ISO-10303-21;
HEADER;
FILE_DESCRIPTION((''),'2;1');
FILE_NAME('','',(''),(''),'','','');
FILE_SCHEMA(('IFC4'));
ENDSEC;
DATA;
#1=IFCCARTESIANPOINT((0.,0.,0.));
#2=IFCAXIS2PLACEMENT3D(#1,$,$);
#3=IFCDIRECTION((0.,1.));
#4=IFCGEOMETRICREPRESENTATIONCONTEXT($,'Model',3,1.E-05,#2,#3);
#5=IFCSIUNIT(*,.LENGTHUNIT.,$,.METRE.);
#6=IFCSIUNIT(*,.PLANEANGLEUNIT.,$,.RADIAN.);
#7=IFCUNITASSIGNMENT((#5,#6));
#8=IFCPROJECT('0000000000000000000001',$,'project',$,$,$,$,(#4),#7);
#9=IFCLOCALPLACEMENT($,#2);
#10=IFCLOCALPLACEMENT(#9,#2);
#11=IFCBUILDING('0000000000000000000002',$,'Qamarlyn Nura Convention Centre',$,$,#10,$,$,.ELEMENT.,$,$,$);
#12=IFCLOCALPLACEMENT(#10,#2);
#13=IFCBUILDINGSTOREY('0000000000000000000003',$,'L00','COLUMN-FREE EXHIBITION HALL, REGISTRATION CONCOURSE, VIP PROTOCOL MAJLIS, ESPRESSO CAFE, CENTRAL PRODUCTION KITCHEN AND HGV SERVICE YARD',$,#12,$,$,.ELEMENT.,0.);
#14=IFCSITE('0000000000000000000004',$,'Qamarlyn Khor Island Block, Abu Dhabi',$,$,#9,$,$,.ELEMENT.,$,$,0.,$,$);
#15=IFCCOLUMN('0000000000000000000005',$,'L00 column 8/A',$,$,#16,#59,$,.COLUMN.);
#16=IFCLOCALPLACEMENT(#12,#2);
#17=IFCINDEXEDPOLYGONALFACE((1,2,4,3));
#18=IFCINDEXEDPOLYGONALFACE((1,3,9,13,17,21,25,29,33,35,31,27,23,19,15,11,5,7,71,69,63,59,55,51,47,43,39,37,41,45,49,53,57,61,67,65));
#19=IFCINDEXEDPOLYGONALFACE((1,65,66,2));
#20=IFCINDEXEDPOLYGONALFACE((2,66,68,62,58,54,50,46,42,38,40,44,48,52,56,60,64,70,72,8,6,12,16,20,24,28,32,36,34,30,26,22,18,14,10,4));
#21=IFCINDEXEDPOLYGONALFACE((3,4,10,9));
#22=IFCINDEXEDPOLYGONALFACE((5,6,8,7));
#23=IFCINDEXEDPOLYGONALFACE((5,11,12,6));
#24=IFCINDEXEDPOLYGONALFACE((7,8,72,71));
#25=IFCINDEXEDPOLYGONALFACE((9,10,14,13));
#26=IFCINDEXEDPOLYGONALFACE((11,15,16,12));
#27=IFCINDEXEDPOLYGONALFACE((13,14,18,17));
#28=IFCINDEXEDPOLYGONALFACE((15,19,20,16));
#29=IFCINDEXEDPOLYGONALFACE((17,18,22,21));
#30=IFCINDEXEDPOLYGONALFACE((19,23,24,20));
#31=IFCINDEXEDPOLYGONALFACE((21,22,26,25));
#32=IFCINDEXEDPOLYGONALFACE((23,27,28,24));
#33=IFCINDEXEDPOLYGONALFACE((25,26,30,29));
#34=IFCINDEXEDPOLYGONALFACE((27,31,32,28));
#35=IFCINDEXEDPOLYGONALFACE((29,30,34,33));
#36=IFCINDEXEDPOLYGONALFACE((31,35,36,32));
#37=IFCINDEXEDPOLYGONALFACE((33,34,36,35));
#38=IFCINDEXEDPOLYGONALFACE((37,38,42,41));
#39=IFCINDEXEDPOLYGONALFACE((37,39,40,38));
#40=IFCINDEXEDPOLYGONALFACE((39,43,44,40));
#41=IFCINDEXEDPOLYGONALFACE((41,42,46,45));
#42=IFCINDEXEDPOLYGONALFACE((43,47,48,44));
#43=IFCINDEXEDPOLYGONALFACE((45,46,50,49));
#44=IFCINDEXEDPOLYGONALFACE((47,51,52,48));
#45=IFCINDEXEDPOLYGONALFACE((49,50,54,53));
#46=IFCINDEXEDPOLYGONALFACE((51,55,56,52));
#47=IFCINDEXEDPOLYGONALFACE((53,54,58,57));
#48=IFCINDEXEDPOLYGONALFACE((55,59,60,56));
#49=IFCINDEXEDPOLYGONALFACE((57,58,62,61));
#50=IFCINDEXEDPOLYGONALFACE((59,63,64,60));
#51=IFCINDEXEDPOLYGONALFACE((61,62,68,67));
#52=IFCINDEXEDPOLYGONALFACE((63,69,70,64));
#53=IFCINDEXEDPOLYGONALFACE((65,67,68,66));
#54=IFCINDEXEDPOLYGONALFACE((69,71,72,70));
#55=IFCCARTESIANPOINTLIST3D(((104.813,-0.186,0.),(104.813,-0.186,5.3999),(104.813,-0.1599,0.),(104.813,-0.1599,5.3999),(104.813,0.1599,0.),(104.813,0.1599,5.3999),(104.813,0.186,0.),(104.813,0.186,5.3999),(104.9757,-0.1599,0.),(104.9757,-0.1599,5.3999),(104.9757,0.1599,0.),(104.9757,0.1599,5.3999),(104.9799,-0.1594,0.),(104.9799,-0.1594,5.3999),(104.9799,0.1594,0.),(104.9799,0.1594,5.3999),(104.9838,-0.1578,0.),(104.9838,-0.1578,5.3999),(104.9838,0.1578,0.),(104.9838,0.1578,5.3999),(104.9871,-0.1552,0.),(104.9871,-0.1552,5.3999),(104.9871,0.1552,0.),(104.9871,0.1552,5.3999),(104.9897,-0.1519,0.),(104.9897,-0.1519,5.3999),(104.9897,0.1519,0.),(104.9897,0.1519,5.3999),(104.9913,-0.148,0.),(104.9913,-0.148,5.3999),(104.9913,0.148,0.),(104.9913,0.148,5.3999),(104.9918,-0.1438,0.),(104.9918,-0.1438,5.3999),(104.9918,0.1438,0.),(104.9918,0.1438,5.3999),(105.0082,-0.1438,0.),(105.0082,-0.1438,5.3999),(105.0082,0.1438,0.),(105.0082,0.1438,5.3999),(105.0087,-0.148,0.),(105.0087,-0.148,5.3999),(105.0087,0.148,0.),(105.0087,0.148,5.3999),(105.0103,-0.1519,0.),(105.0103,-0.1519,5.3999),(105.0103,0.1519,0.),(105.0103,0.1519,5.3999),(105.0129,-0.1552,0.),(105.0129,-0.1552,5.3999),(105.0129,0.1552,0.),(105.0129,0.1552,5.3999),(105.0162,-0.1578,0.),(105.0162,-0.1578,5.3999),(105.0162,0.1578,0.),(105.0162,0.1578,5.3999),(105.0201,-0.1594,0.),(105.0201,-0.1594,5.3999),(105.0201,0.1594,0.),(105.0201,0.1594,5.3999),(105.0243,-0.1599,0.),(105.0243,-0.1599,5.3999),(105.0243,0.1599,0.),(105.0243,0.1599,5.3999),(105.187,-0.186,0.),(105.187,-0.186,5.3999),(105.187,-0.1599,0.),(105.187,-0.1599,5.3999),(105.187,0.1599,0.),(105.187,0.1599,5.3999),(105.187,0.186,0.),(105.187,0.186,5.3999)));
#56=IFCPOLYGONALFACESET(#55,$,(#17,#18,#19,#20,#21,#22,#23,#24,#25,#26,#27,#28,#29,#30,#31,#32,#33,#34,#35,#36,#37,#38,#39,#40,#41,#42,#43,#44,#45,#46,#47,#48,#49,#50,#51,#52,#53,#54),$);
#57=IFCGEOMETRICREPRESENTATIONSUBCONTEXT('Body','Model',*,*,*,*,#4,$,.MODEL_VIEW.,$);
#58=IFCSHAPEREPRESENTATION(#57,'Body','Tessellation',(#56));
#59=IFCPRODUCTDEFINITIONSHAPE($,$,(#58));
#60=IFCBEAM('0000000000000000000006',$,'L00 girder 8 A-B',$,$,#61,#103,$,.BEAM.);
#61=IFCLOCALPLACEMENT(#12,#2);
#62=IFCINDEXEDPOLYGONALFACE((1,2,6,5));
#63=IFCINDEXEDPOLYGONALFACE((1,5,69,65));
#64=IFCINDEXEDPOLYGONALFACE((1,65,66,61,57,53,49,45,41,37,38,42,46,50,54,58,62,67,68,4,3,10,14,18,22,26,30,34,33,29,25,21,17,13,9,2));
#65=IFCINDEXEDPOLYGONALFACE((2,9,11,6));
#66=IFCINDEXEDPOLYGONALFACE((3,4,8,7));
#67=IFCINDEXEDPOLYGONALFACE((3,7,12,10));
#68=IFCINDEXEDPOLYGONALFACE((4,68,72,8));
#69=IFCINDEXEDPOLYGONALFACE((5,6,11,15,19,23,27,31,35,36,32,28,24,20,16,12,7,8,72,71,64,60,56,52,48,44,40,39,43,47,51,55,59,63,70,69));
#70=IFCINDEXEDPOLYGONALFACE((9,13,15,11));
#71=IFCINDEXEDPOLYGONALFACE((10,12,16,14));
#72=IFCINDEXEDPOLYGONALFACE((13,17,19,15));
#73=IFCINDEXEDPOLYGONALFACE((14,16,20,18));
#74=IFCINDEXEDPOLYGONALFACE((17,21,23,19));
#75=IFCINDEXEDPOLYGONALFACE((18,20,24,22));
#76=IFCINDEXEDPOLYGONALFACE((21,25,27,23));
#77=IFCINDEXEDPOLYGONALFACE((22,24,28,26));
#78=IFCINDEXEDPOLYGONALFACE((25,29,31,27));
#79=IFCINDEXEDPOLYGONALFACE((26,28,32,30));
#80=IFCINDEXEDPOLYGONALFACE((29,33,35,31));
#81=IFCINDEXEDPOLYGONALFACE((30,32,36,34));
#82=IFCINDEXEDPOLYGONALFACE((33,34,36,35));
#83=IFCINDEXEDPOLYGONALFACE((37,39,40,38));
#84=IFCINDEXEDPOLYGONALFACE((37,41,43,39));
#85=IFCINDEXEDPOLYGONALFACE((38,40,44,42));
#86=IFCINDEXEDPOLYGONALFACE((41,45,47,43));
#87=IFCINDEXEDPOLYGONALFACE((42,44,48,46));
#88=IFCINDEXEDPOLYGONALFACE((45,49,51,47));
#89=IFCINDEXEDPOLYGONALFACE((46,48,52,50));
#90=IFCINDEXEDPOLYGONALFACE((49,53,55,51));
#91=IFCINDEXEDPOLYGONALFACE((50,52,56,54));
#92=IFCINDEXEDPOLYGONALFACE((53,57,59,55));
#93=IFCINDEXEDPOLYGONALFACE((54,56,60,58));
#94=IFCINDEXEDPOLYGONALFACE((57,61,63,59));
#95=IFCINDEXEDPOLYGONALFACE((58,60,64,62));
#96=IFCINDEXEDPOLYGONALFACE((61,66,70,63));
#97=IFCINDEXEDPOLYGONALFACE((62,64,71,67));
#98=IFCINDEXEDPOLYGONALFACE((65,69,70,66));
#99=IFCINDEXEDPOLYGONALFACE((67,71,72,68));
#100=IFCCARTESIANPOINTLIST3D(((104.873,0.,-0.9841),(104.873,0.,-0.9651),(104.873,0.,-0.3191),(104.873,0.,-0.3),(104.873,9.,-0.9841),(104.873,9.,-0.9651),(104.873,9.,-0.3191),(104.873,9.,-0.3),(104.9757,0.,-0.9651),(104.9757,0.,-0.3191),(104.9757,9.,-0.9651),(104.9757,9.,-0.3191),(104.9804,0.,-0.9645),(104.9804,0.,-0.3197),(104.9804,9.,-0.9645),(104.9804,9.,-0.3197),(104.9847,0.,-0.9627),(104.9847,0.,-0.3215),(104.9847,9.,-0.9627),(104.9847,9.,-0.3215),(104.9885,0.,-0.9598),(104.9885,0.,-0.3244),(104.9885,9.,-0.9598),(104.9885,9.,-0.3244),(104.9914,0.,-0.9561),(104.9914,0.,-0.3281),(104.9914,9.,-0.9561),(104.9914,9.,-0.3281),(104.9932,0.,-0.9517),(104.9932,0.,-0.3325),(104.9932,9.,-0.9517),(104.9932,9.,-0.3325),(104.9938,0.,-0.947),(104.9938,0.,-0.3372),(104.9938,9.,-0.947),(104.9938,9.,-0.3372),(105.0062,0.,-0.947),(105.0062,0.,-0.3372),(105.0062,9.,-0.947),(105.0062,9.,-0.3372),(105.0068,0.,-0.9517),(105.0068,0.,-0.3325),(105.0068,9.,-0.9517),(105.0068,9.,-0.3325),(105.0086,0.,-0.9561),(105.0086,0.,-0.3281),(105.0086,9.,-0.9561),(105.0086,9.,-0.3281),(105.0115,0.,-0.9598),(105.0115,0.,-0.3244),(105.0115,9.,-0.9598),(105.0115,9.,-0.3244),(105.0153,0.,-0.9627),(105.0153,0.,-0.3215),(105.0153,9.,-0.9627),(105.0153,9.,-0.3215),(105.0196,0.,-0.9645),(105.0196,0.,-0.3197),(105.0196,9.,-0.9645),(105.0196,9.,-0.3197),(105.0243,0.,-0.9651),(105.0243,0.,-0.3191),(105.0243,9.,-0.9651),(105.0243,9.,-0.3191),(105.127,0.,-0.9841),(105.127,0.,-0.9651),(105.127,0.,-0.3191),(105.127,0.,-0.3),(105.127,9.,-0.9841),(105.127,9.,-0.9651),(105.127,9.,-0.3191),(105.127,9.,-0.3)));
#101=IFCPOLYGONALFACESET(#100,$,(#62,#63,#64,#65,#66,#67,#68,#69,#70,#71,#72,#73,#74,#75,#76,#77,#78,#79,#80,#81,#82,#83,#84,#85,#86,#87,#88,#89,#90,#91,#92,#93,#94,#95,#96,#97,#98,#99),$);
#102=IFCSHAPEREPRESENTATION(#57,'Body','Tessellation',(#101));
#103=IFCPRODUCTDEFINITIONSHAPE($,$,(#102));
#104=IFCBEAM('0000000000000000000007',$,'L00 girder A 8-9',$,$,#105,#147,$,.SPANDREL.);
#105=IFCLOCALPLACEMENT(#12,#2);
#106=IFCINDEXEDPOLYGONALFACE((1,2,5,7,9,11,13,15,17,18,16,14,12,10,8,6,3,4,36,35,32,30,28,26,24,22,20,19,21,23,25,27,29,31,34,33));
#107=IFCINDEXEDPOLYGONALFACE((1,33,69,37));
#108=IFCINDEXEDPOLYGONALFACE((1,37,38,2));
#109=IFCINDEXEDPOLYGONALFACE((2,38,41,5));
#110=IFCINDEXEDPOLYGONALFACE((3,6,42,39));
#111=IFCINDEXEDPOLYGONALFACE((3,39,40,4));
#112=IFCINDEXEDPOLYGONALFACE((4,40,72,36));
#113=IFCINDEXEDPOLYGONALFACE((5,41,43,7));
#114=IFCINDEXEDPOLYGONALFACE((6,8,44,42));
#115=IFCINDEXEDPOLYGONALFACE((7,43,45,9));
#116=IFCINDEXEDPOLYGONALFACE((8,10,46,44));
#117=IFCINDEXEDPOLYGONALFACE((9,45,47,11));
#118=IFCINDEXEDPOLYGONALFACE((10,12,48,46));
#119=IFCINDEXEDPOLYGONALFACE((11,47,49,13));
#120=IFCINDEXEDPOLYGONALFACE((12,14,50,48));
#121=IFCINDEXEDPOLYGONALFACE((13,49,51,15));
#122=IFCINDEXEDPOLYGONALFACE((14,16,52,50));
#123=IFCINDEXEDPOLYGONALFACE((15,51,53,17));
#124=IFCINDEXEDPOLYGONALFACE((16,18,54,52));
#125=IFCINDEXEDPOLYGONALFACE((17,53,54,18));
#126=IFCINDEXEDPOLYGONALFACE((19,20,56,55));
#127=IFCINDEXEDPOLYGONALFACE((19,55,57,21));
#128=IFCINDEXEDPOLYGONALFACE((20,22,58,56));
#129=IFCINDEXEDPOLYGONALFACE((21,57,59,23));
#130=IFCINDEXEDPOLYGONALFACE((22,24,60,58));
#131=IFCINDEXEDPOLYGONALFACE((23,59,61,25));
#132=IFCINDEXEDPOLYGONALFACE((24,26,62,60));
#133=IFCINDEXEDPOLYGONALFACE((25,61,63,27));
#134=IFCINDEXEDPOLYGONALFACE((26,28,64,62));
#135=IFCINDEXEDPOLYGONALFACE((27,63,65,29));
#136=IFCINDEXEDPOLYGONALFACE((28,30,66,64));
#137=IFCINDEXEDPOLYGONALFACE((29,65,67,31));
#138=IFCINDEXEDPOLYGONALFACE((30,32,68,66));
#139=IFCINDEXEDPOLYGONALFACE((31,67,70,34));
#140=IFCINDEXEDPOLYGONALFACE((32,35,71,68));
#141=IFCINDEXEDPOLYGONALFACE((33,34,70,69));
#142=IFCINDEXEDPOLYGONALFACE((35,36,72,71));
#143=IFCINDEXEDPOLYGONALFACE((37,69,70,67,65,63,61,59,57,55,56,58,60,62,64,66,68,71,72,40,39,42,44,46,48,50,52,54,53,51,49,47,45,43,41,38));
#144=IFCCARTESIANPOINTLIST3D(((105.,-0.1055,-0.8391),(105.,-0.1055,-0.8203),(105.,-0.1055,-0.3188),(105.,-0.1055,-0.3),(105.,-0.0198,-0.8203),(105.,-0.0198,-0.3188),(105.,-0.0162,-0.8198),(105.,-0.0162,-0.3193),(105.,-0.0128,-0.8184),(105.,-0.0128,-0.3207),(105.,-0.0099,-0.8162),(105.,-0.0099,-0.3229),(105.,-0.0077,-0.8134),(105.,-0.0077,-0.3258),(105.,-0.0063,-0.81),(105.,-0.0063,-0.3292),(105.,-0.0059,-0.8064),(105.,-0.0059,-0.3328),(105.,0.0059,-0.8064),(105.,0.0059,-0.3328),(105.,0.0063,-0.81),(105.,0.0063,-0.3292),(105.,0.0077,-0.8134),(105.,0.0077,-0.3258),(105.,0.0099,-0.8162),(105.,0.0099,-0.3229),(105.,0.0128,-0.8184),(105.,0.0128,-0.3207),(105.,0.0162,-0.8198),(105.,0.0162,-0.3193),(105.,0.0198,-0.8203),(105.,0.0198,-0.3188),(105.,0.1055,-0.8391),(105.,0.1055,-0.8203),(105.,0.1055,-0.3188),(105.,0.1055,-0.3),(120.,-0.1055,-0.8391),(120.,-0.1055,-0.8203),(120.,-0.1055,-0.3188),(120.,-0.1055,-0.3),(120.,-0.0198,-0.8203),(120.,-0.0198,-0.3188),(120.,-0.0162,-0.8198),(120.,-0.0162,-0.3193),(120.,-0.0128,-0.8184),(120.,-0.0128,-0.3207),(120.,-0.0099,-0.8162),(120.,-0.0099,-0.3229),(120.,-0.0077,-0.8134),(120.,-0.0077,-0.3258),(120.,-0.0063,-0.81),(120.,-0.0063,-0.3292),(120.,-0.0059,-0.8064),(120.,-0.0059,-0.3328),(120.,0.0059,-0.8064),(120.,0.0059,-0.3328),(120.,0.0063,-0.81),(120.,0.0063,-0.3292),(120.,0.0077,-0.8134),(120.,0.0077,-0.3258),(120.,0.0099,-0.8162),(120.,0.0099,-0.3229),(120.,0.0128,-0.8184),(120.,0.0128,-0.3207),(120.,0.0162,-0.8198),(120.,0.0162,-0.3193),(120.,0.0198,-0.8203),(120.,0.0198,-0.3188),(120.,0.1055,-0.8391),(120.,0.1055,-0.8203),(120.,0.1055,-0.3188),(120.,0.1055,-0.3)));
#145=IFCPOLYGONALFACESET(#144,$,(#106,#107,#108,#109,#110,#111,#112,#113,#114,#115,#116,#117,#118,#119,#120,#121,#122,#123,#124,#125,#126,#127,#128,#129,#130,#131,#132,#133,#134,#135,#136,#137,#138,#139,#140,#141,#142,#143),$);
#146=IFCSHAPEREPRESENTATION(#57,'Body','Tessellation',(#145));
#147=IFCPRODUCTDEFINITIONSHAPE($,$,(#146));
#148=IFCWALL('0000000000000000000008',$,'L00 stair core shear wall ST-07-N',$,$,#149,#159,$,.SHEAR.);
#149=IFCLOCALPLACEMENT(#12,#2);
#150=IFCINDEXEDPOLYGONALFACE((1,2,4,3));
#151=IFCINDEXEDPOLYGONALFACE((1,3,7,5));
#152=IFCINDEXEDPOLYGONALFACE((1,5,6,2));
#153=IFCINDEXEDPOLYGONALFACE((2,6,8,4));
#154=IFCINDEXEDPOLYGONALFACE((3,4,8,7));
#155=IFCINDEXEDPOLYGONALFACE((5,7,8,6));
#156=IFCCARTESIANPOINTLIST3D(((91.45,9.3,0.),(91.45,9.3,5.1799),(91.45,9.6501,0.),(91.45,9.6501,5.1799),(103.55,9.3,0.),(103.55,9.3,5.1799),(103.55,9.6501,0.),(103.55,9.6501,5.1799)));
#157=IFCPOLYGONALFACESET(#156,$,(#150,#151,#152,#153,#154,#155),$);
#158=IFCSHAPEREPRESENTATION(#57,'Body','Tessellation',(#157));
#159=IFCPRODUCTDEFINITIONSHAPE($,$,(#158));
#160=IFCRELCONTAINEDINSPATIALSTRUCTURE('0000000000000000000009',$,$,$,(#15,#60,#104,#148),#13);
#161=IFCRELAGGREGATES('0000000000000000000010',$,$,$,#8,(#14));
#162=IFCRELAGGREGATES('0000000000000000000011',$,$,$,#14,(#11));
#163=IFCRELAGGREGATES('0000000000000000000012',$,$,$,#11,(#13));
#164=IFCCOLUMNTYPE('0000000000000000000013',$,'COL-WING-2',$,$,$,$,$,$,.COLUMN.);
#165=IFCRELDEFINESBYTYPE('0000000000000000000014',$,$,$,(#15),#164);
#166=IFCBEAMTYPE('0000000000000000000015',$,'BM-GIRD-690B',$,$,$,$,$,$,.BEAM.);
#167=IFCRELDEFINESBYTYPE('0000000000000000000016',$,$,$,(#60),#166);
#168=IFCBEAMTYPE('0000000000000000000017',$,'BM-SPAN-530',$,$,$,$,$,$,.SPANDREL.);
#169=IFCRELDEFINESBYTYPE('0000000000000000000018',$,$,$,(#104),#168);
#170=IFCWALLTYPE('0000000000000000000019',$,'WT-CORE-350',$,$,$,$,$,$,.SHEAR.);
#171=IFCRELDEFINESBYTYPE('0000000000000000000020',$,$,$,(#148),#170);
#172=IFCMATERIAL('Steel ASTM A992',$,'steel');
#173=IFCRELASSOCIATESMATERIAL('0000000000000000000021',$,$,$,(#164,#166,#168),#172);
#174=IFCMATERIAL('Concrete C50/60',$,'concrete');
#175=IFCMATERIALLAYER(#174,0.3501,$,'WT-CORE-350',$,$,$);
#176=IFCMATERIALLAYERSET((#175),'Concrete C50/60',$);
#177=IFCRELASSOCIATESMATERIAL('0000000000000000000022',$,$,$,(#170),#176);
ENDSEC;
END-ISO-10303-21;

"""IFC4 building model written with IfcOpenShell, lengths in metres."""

from ifc_helpers import new_model, si_unit, direction, frame, frame_2d, origin, origin_2d, place, context, subcontext, project, spatial, rectangle, i_section, extrude, material, layer, layer_set, material_profile, profile_set, type_object, element, save


model = new_model("IFC4")

# Units and contexts
model_context = context("Model", 3, precision=1e-05, world=origin(), true_north=direction((0.0, 1.0)))
body_context = subcontext(model_context, "Body", "Model", "MODEL_VIEW")
ifc_project = project(units=[si_unit("LENGTHUNIT", "METRE"), si_unit("PLANEANGLEUNIT", "RADIAN")], contexts=[model_context])

# Site, building, storey
site_placement = place(None, origin())
site = spatial("IfcSite", under=ifc_project, at=site_placement, Name="Qamarlyn Khor Island Block, Abu Dhabi", CompositionType="ELEMENT", RefElevation=0.0)
building_placement = place(site_placement, origin())
building = spatial("IfcBuilding", under=site, at=building_placement, Name="Qamarlyn Nura Convention Centre", CompositionType="ELEMENT")
storey_placement = place(building_placement, origin())
storey = spatial("IfcBuildingStorey", under=building, at=storey_placement, Name="L00", Description="COLUMN-FREE EXHIBITION HALL, REGISTRATION CONCOURSE, VIP PROTOCOL MAJLIS, ESPRESSO CAFE, CENTRAL PRODUCTION KITCHEN AND HGV SERVICE YARD", CompositionType="ELEMENT", Elevation=0.0)

# Column
ifc_material_1 = material(Name="Steel ASTM A992", Category="steel")
ifc_material_profile_1 = material_profile(ifc_material_1, i_section(OverallWidth=0.374, OverallDepth=0.3721, WebThickness=0.0164, FlangeThickness=0.0261, FilletRadius=0.0161, at=origin_2d()), Name="W360X196")
ifc_profile_set_1 = profile_set([ifc_material_profile_1], Name="Steel ASTM A992")
column_type = type_object("IfcColumnType", Name="COL-WING-2", PredefinedType="COLUMN", material=ifc_profile_set_1)
column_placement = place(storey_placement, frame((105.0, 0.0, 0.0), z_axis=(0.0, 0.0, 1.0), x_axis=(1.0, 0.0, 0.0)))
element("IfcColumn", 1, at=column_placement, inside=storey, type_object=column_type, Name="L00 column 8/A", PredefinedType="COLUMN", context=body_context, shape_type="SweptSolid", body=[
    extrude(i_section(OverallWidth=0.374, OverallDepth=0.3721, WebThickness=0.0164, FlangeThickness=0.0261, FilletRadius=0.0161, at=origin_2d()), origin(), (0.0, 0.0, 1.0), 5.3999),
])

# Beams
ifc_material_profile_2 = material_profile(ifc_material_1, i_section(OverallWidth=0.2539, OverallDepth=0.6841, WebThickness=0.0125, FlangeThickness=0.019, FilletRadius=0.0181, at=origin_2d()), Name="W690X140")
ifc_profile_set_2 = profile_set([ifc_material_profile_2], Name="Steel ASTM A992")
beam_type_1 = type_object("IfcBeamType", Name="BM-GIRD-690B", PredefinedType="BEAM", material=ifc_profile_set_2)
beam_1_placement = place(storey_placement, frame((105.0, 0.0, -0.6421), z_axis=(0.0, 1.0, 0.0), x_axis=(-1.0, 0.0, 0.0)))
element("IfcBeam", 2, at=beam_1_placement, inside=storey, type_object=beam_type_1, Name="L00 girder 8 A-B", PredefinedType="BEAM", context=body_context, shape_type="SweptSolid", body=[
    extrude(i_section(OverallWidth=0.2539, OverallDepth=0.6841, WebThickness=0.0125, FlangeThickness=0.019, FilletRadius=0.0181, at=origin_2d()), origin(), (0.0, 0.0, 1.0), 9.0),
])
ifc_material_profile_3 = material_profile(ifc_material_1, i_section(OverallWidth=0.2109, OverallDepth=0.5391, WebThickness=0.0117, FlangeThickness=0.0188, FilletRadius=0.0139, at=origin_2d()), Name="W530X109")
ifc_profile_set_3 = profile_set([ifc_material_profile_3], Name="Steel ASTM A992")
beam_type_2 = type_object("IfcBeamType", Name="BM-SPAN-530", PredefinedType="SPANDREL", material=ifc_profile_set_3)
beam_2_placement = place(storey_placement, frame((105.0, 0.0, -0.5696), z_axis=(1.0, 0.0, 0.0), x_axis=(0.0, 1.0, 0.0)))
element("IfcBeam", 3, at=beam_2_placement, inside=storey, type_object=beam_type_2, Name="L00 girder A 8-9", PredefinedType="SPANDREL", context=body_context, shape_type="SweptSolid", body=[
    extrude(i_section(OverallWidth=0.2109, OverallDepth=0.5391, WebThickness=0.0117, FlangeThickness=0.0188, FilletRadius=0.0139, at=origin_2d()), origin(), (0.0, 0.0, 1.0), 15.0),
])

# Wall
ifc_material_2 = material(Name="Concrete C50/60", Category="concrete")
ifc_layer_1 = layer(ifc_material_2, 0.3501, Name="WT-CORE-350")
ifc_layer_set_1 = layer_set([ifc_layer_1], Name="Concrete C50/60")
wall_type_1 = type_object("IfcWallType", Name="WT-CORE-350", PredefinedType="SHEAR", material=ifc_layer_set_1)
wall_1_placement = place(storey_placement, frame((103.55, 9.4751, 0.0), z_axis=(0.0, 0.0, 1.0), x_axis=(-1.0, 0.0, 0.0)))
element("IfcWall", 4, at=wall_1_placement, inside=storey, type_object=wall_type_1, Name="L00 stair core shear wall ST-07-N", PredefinedType="SHEAR", context=body_context, shape_type="SweptSolid", body=[
    extrude(rectangle(XDim=12.1001, YDim=0.3501, at=frame_2d((6.05, 0.0))), origin(), (0.0, 0.0, 1.0), 5.1799),
])

save(model, "model.ifc")
